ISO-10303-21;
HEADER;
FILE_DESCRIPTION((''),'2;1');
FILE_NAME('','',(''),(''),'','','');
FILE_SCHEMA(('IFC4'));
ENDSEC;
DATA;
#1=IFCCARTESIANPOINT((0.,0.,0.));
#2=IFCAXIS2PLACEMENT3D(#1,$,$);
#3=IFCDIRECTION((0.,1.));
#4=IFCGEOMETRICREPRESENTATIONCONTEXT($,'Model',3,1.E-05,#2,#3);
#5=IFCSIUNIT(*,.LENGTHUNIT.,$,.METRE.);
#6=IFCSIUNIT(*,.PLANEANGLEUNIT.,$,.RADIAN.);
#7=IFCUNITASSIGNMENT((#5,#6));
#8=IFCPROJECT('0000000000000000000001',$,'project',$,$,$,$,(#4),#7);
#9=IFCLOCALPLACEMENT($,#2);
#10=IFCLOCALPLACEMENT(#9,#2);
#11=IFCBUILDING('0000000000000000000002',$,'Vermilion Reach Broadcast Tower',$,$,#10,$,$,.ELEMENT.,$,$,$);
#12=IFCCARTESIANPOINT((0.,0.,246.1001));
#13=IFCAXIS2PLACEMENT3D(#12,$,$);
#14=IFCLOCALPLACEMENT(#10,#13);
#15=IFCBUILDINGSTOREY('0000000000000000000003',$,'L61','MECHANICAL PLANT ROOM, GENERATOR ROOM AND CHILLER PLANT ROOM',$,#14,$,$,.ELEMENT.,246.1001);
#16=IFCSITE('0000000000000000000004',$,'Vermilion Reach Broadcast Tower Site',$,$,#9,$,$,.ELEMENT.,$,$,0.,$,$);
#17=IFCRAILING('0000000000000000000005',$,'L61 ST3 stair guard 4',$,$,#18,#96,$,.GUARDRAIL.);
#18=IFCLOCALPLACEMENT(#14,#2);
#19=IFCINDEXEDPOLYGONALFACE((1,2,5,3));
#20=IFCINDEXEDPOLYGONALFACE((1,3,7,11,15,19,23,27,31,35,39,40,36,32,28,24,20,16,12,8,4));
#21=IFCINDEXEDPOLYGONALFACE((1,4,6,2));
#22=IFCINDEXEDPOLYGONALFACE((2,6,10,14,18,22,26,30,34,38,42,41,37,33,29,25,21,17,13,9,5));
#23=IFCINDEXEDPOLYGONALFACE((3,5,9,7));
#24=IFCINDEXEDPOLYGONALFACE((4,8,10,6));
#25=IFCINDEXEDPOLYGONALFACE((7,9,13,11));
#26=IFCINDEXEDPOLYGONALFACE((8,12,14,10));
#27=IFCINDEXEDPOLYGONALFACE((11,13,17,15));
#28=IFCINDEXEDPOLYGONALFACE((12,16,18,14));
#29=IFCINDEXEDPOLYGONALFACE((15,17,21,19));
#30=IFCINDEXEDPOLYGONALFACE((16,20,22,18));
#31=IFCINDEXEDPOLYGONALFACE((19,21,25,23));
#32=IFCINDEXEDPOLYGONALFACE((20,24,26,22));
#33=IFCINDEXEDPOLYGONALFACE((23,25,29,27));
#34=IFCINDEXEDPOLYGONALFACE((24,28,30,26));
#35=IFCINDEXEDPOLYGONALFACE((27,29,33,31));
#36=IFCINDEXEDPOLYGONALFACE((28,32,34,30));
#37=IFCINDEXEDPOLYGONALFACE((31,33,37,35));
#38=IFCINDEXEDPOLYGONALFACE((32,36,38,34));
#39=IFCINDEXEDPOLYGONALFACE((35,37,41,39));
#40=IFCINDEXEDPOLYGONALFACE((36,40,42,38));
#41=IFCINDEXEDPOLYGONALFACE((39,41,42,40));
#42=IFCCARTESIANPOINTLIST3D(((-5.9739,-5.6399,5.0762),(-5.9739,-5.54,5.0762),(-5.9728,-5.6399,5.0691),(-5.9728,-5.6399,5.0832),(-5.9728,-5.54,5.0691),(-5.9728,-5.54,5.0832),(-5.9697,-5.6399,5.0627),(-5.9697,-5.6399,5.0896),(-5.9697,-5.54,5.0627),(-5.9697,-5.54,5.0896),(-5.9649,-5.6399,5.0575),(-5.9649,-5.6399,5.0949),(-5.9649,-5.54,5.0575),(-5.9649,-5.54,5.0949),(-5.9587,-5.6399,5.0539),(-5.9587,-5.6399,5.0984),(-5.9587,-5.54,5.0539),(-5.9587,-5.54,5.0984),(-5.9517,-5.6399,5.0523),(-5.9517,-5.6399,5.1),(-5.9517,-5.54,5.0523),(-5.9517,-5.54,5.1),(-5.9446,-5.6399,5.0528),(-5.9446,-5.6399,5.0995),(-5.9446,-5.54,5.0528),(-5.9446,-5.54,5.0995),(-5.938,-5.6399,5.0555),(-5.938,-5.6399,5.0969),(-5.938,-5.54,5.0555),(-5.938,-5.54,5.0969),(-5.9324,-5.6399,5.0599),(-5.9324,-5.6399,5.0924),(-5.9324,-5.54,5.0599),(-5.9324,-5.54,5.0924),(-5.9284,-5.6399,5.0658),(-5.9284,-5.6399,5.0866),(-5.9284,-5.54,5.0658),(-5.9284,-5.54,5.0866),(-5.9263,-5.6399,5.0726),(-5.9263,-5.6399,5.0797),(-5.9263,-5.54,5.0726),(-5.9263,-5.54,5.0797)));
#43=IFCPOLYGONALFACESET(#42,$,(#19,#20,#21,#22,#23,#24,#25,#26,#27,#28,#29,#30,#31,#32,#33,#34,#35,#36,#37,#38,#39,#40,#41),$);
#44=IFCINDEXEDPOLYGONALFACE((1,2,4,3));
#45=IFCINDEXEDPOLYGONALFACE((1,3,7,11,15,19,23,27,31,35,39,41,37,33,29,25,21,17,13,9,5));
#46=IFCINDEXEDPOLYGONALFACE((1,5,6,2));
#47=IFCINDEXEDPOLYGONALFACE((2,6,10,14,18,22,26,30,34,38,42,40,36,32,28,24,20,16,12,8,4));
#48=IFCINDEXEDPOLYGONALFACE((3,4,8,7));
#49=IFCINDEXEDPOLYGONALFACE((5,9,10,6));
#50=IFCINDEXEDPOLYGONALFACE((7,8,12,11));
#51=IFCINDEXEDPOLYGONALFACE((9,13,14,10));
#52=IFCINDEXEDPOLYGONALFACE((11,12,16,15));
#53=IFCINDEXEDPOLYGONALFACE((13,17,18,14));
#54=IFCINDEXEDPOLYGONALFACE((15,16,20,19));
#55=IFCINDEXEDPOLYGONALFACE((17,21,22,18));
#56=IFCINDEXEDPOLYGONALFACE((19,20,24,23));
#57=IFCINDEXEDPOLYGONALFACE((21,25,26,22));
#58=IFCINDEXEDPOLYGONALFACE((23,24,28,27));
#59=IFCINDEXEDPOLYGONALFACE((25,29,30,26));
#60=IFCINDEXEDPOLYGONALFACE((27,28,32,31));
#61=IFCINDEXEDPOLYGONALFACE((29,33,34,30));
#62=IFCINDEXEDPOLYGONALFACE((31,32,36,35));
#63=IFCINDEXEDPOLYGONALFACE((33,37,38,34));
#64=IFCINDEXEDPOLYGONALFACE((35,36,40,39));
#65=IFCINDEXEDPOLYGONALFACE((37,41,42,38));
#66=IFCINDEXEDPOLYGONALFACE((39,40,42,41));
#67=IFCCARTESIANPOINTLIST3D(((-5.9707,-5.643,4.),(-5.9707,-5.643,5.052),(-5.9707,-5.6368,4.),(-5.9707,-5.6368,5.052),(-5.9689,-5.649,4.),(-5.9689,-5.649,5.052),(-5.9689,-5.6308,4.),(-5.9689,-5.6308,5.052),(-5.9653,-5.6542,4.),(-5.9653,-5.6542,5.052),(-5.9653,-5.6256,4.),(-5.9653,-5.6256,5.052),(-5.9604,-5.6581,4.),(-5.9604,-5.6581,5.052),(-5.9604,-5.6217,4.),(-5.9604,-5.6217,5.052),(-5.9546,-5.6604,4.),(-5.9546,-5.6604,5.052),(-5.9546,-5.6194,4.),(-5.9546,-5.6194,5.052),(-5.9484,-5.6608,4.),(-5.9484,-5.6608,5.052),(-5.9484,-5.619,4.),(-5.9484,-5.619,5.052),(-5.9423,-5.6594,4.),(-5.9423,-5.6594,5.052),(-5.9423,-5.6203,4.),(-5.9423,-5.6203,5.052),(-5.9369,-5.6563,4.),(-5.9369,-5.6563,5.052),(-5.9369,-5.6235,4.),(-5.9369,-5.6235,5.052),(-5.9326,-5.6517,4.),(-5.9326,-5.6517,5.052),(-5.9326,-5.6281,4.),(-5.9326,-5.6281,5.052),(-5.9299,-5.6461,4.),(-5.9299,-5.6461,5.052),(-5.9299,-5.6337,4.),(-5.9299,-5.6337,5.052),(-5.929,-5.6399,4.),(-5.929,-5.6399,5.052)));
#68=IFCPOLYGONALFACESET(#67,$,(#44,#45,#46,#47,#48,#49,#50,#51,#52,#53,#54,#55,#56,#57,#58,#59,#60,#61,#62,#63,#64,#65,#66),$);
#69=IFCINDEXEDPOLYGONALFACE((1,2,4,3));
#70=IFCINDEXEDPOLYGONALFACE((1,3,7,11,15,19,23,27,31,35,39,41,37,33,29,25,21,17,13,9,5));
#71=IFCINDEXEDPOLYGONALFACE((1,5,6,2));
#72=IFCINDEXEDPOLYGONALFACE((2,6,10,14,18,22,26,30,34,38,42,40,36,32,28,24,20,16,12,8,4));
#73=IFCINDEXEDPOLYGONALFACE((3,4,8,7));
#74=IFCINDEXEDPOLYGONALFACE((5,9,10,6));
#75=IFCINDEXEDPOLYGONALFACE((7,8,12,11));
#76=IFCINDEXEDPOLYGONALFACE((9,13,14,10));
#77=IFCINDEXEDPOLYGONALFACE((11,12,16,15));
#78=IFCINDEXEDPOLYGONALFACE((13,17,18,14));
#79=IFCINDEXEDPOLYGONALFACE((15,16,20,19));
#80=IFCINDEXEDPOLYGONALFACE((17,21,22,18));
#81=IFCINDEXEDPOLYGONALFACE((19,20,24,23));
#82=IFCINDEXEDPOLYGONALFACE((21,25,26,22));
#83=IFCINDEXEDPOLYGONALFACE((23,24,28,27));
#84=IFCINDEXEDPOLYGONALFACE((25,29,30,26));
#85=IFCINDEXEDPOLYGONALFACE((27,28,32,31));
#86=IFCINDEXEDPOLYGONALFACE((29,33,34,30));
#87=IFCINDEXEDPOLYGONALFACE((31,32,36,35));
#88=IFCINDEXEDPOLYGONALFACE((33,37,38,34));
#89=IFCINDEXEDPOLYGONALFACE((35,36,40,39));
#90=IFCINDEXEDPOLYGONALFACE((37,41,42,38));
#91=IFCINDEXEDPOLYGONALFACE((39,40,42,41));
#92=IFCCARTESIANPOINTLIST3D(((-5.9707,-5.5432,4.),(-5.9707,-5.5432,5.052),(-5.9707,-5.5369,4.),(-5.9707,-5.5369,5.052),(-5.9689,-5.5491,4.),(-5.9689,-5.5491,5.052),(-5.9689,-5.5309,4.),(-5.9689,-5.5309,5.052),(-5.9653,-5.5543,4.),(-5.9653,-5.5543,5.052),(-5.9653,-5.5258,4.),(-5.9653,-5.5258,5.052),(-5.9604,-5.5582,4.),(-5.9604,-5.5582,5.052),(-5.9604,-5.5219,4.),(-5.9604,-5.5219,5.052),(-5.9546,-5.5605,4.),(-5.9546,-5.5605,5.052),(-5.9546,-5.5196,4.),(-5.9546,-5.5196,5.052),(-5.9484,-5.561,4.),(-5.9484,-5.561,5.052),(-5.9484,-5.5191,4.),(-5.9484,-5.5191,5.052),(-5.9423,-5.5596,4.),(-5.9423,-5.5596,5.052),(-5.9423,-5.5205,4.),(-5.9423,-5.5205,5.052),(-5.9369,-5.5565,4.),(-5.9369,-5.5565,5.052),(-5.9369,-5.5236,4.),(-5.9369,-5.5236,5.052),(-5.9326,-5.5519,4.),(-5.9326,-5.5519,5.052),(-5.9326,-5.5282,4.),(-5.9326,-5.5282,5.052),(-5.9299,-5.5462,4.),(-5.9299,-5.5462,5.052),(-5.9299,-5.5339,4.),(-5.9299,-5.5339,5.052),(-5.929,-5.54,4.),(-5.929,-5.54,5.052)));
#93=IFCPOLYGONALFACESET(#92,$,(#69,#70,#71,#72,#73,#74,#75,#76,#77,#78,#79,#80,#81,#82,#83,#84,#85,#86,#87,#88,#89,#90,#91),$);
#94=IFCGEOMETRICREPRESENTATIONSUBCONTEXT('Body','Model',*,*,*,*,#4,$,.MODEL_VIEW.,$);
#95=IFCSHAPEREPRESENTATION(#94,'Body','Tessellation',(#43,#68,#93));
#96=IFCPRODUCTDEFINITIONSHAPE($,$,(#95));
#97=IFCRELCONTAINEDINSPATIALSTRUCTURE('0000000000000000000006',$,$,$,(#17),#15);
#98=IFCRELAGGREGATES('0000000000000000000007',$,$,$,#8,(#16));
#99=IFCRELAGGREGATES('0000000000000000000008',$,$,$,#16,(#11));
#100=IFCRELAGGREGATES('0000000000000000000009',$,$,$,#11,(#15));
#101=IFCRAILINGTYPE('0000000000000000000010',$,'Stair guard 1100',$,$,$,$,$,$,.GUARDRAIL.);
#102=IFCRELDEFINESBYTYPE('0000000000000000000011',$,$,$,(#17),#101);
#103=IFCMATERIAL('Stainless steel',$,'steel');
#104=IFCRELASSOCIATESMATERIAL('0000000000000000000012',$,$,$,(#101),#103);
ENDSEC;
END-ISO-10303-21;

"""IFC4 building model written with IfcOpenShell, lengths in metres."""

from ifc_helpers import new_model, si_unit, direction, frame, origin, origin_2d, place, context, subcontext, project, spatial, circle, extrude, material, type_object, element, save


model = new_model("IFC4")

# Units and contexts
model_context = context("Model", 3, precision=1e-05, world=origin(), true_north=direction((0.0, 1.0)))
body_context = subcontext(model_context, "Body", "Model", "MODEL_VIEW")
ifc_project = project(units=[si_unit("LENGTHUNIT", "METRE"), si_unit("PLANEANGLEUNIT", "RADIAN")], contexts=[model_context])

# Site, building, storey
site_placement = place(None, origin())
site = spatial("IfcSite", under=ifc_project, at=site_placement, Name="Vermilion Reach Broadcast Tower Site", CompositionType="ELEMENT", RefElevation=0.0)
building_placement = place(site_placement, origin())
building = spatial("IfcBuilding", under=site, at=building_placement, Name="Vermilion Reach Broadcast Tower", CompositionType="ELEMENT")
storey_placement = place(building_placement, frame((0.0, 0.0, 246.1001)))
storey = spatial("IfcBuildingStorey", under=building, at=storey_placement, Name="L61", Description="MECHANICAL PLANT ROOM, GENERATOR ROOM AND CHILLER PLANT ROOM", CompositionType="ELEMENT", Elevation=246.1001)

# Railing
ifc_material_1 = material(Name="Stainless steel", Category="steel")
railing_type_1 = type_object("IfcRailingType", Name="Stair guard 1100", PredefinedType="GUARDRAIL", material=ifc_material_1)
railing_1_placement = place(storey_placement, frame((-5.95, -5.6399, 4.0)))
element("IfcRailing", 1, at=railing_1_placement, inside=storey, type_object=railing_type_1, Name="L61 ST3 stair guard 4", PredefinedType="GUARDRAIL", context=body_context, shape_type="SweptSolid", body=[
    extrude(circle(Radius=0.0239, at=origin_2d()), frame((0.0, 0.0, 1.0762), z_axis=(0.0, 1.0, 0.0), x_axis=(-1.0, 0.0, 0.0)), (0.0, 0.0, 1.0), 0.0999),
    extrude(circle(Radius=0.021, at=origin_2d()), origin(), (0.0, 0.0, 1.0), 1.052),
    extrude(circle(Radius=0.021, at=origin_2d()), frame((0.0, 0.0999, 0.0)), (0.0, 0.0, 1.0), 1.052),
])

save(model, "model.ifc")
